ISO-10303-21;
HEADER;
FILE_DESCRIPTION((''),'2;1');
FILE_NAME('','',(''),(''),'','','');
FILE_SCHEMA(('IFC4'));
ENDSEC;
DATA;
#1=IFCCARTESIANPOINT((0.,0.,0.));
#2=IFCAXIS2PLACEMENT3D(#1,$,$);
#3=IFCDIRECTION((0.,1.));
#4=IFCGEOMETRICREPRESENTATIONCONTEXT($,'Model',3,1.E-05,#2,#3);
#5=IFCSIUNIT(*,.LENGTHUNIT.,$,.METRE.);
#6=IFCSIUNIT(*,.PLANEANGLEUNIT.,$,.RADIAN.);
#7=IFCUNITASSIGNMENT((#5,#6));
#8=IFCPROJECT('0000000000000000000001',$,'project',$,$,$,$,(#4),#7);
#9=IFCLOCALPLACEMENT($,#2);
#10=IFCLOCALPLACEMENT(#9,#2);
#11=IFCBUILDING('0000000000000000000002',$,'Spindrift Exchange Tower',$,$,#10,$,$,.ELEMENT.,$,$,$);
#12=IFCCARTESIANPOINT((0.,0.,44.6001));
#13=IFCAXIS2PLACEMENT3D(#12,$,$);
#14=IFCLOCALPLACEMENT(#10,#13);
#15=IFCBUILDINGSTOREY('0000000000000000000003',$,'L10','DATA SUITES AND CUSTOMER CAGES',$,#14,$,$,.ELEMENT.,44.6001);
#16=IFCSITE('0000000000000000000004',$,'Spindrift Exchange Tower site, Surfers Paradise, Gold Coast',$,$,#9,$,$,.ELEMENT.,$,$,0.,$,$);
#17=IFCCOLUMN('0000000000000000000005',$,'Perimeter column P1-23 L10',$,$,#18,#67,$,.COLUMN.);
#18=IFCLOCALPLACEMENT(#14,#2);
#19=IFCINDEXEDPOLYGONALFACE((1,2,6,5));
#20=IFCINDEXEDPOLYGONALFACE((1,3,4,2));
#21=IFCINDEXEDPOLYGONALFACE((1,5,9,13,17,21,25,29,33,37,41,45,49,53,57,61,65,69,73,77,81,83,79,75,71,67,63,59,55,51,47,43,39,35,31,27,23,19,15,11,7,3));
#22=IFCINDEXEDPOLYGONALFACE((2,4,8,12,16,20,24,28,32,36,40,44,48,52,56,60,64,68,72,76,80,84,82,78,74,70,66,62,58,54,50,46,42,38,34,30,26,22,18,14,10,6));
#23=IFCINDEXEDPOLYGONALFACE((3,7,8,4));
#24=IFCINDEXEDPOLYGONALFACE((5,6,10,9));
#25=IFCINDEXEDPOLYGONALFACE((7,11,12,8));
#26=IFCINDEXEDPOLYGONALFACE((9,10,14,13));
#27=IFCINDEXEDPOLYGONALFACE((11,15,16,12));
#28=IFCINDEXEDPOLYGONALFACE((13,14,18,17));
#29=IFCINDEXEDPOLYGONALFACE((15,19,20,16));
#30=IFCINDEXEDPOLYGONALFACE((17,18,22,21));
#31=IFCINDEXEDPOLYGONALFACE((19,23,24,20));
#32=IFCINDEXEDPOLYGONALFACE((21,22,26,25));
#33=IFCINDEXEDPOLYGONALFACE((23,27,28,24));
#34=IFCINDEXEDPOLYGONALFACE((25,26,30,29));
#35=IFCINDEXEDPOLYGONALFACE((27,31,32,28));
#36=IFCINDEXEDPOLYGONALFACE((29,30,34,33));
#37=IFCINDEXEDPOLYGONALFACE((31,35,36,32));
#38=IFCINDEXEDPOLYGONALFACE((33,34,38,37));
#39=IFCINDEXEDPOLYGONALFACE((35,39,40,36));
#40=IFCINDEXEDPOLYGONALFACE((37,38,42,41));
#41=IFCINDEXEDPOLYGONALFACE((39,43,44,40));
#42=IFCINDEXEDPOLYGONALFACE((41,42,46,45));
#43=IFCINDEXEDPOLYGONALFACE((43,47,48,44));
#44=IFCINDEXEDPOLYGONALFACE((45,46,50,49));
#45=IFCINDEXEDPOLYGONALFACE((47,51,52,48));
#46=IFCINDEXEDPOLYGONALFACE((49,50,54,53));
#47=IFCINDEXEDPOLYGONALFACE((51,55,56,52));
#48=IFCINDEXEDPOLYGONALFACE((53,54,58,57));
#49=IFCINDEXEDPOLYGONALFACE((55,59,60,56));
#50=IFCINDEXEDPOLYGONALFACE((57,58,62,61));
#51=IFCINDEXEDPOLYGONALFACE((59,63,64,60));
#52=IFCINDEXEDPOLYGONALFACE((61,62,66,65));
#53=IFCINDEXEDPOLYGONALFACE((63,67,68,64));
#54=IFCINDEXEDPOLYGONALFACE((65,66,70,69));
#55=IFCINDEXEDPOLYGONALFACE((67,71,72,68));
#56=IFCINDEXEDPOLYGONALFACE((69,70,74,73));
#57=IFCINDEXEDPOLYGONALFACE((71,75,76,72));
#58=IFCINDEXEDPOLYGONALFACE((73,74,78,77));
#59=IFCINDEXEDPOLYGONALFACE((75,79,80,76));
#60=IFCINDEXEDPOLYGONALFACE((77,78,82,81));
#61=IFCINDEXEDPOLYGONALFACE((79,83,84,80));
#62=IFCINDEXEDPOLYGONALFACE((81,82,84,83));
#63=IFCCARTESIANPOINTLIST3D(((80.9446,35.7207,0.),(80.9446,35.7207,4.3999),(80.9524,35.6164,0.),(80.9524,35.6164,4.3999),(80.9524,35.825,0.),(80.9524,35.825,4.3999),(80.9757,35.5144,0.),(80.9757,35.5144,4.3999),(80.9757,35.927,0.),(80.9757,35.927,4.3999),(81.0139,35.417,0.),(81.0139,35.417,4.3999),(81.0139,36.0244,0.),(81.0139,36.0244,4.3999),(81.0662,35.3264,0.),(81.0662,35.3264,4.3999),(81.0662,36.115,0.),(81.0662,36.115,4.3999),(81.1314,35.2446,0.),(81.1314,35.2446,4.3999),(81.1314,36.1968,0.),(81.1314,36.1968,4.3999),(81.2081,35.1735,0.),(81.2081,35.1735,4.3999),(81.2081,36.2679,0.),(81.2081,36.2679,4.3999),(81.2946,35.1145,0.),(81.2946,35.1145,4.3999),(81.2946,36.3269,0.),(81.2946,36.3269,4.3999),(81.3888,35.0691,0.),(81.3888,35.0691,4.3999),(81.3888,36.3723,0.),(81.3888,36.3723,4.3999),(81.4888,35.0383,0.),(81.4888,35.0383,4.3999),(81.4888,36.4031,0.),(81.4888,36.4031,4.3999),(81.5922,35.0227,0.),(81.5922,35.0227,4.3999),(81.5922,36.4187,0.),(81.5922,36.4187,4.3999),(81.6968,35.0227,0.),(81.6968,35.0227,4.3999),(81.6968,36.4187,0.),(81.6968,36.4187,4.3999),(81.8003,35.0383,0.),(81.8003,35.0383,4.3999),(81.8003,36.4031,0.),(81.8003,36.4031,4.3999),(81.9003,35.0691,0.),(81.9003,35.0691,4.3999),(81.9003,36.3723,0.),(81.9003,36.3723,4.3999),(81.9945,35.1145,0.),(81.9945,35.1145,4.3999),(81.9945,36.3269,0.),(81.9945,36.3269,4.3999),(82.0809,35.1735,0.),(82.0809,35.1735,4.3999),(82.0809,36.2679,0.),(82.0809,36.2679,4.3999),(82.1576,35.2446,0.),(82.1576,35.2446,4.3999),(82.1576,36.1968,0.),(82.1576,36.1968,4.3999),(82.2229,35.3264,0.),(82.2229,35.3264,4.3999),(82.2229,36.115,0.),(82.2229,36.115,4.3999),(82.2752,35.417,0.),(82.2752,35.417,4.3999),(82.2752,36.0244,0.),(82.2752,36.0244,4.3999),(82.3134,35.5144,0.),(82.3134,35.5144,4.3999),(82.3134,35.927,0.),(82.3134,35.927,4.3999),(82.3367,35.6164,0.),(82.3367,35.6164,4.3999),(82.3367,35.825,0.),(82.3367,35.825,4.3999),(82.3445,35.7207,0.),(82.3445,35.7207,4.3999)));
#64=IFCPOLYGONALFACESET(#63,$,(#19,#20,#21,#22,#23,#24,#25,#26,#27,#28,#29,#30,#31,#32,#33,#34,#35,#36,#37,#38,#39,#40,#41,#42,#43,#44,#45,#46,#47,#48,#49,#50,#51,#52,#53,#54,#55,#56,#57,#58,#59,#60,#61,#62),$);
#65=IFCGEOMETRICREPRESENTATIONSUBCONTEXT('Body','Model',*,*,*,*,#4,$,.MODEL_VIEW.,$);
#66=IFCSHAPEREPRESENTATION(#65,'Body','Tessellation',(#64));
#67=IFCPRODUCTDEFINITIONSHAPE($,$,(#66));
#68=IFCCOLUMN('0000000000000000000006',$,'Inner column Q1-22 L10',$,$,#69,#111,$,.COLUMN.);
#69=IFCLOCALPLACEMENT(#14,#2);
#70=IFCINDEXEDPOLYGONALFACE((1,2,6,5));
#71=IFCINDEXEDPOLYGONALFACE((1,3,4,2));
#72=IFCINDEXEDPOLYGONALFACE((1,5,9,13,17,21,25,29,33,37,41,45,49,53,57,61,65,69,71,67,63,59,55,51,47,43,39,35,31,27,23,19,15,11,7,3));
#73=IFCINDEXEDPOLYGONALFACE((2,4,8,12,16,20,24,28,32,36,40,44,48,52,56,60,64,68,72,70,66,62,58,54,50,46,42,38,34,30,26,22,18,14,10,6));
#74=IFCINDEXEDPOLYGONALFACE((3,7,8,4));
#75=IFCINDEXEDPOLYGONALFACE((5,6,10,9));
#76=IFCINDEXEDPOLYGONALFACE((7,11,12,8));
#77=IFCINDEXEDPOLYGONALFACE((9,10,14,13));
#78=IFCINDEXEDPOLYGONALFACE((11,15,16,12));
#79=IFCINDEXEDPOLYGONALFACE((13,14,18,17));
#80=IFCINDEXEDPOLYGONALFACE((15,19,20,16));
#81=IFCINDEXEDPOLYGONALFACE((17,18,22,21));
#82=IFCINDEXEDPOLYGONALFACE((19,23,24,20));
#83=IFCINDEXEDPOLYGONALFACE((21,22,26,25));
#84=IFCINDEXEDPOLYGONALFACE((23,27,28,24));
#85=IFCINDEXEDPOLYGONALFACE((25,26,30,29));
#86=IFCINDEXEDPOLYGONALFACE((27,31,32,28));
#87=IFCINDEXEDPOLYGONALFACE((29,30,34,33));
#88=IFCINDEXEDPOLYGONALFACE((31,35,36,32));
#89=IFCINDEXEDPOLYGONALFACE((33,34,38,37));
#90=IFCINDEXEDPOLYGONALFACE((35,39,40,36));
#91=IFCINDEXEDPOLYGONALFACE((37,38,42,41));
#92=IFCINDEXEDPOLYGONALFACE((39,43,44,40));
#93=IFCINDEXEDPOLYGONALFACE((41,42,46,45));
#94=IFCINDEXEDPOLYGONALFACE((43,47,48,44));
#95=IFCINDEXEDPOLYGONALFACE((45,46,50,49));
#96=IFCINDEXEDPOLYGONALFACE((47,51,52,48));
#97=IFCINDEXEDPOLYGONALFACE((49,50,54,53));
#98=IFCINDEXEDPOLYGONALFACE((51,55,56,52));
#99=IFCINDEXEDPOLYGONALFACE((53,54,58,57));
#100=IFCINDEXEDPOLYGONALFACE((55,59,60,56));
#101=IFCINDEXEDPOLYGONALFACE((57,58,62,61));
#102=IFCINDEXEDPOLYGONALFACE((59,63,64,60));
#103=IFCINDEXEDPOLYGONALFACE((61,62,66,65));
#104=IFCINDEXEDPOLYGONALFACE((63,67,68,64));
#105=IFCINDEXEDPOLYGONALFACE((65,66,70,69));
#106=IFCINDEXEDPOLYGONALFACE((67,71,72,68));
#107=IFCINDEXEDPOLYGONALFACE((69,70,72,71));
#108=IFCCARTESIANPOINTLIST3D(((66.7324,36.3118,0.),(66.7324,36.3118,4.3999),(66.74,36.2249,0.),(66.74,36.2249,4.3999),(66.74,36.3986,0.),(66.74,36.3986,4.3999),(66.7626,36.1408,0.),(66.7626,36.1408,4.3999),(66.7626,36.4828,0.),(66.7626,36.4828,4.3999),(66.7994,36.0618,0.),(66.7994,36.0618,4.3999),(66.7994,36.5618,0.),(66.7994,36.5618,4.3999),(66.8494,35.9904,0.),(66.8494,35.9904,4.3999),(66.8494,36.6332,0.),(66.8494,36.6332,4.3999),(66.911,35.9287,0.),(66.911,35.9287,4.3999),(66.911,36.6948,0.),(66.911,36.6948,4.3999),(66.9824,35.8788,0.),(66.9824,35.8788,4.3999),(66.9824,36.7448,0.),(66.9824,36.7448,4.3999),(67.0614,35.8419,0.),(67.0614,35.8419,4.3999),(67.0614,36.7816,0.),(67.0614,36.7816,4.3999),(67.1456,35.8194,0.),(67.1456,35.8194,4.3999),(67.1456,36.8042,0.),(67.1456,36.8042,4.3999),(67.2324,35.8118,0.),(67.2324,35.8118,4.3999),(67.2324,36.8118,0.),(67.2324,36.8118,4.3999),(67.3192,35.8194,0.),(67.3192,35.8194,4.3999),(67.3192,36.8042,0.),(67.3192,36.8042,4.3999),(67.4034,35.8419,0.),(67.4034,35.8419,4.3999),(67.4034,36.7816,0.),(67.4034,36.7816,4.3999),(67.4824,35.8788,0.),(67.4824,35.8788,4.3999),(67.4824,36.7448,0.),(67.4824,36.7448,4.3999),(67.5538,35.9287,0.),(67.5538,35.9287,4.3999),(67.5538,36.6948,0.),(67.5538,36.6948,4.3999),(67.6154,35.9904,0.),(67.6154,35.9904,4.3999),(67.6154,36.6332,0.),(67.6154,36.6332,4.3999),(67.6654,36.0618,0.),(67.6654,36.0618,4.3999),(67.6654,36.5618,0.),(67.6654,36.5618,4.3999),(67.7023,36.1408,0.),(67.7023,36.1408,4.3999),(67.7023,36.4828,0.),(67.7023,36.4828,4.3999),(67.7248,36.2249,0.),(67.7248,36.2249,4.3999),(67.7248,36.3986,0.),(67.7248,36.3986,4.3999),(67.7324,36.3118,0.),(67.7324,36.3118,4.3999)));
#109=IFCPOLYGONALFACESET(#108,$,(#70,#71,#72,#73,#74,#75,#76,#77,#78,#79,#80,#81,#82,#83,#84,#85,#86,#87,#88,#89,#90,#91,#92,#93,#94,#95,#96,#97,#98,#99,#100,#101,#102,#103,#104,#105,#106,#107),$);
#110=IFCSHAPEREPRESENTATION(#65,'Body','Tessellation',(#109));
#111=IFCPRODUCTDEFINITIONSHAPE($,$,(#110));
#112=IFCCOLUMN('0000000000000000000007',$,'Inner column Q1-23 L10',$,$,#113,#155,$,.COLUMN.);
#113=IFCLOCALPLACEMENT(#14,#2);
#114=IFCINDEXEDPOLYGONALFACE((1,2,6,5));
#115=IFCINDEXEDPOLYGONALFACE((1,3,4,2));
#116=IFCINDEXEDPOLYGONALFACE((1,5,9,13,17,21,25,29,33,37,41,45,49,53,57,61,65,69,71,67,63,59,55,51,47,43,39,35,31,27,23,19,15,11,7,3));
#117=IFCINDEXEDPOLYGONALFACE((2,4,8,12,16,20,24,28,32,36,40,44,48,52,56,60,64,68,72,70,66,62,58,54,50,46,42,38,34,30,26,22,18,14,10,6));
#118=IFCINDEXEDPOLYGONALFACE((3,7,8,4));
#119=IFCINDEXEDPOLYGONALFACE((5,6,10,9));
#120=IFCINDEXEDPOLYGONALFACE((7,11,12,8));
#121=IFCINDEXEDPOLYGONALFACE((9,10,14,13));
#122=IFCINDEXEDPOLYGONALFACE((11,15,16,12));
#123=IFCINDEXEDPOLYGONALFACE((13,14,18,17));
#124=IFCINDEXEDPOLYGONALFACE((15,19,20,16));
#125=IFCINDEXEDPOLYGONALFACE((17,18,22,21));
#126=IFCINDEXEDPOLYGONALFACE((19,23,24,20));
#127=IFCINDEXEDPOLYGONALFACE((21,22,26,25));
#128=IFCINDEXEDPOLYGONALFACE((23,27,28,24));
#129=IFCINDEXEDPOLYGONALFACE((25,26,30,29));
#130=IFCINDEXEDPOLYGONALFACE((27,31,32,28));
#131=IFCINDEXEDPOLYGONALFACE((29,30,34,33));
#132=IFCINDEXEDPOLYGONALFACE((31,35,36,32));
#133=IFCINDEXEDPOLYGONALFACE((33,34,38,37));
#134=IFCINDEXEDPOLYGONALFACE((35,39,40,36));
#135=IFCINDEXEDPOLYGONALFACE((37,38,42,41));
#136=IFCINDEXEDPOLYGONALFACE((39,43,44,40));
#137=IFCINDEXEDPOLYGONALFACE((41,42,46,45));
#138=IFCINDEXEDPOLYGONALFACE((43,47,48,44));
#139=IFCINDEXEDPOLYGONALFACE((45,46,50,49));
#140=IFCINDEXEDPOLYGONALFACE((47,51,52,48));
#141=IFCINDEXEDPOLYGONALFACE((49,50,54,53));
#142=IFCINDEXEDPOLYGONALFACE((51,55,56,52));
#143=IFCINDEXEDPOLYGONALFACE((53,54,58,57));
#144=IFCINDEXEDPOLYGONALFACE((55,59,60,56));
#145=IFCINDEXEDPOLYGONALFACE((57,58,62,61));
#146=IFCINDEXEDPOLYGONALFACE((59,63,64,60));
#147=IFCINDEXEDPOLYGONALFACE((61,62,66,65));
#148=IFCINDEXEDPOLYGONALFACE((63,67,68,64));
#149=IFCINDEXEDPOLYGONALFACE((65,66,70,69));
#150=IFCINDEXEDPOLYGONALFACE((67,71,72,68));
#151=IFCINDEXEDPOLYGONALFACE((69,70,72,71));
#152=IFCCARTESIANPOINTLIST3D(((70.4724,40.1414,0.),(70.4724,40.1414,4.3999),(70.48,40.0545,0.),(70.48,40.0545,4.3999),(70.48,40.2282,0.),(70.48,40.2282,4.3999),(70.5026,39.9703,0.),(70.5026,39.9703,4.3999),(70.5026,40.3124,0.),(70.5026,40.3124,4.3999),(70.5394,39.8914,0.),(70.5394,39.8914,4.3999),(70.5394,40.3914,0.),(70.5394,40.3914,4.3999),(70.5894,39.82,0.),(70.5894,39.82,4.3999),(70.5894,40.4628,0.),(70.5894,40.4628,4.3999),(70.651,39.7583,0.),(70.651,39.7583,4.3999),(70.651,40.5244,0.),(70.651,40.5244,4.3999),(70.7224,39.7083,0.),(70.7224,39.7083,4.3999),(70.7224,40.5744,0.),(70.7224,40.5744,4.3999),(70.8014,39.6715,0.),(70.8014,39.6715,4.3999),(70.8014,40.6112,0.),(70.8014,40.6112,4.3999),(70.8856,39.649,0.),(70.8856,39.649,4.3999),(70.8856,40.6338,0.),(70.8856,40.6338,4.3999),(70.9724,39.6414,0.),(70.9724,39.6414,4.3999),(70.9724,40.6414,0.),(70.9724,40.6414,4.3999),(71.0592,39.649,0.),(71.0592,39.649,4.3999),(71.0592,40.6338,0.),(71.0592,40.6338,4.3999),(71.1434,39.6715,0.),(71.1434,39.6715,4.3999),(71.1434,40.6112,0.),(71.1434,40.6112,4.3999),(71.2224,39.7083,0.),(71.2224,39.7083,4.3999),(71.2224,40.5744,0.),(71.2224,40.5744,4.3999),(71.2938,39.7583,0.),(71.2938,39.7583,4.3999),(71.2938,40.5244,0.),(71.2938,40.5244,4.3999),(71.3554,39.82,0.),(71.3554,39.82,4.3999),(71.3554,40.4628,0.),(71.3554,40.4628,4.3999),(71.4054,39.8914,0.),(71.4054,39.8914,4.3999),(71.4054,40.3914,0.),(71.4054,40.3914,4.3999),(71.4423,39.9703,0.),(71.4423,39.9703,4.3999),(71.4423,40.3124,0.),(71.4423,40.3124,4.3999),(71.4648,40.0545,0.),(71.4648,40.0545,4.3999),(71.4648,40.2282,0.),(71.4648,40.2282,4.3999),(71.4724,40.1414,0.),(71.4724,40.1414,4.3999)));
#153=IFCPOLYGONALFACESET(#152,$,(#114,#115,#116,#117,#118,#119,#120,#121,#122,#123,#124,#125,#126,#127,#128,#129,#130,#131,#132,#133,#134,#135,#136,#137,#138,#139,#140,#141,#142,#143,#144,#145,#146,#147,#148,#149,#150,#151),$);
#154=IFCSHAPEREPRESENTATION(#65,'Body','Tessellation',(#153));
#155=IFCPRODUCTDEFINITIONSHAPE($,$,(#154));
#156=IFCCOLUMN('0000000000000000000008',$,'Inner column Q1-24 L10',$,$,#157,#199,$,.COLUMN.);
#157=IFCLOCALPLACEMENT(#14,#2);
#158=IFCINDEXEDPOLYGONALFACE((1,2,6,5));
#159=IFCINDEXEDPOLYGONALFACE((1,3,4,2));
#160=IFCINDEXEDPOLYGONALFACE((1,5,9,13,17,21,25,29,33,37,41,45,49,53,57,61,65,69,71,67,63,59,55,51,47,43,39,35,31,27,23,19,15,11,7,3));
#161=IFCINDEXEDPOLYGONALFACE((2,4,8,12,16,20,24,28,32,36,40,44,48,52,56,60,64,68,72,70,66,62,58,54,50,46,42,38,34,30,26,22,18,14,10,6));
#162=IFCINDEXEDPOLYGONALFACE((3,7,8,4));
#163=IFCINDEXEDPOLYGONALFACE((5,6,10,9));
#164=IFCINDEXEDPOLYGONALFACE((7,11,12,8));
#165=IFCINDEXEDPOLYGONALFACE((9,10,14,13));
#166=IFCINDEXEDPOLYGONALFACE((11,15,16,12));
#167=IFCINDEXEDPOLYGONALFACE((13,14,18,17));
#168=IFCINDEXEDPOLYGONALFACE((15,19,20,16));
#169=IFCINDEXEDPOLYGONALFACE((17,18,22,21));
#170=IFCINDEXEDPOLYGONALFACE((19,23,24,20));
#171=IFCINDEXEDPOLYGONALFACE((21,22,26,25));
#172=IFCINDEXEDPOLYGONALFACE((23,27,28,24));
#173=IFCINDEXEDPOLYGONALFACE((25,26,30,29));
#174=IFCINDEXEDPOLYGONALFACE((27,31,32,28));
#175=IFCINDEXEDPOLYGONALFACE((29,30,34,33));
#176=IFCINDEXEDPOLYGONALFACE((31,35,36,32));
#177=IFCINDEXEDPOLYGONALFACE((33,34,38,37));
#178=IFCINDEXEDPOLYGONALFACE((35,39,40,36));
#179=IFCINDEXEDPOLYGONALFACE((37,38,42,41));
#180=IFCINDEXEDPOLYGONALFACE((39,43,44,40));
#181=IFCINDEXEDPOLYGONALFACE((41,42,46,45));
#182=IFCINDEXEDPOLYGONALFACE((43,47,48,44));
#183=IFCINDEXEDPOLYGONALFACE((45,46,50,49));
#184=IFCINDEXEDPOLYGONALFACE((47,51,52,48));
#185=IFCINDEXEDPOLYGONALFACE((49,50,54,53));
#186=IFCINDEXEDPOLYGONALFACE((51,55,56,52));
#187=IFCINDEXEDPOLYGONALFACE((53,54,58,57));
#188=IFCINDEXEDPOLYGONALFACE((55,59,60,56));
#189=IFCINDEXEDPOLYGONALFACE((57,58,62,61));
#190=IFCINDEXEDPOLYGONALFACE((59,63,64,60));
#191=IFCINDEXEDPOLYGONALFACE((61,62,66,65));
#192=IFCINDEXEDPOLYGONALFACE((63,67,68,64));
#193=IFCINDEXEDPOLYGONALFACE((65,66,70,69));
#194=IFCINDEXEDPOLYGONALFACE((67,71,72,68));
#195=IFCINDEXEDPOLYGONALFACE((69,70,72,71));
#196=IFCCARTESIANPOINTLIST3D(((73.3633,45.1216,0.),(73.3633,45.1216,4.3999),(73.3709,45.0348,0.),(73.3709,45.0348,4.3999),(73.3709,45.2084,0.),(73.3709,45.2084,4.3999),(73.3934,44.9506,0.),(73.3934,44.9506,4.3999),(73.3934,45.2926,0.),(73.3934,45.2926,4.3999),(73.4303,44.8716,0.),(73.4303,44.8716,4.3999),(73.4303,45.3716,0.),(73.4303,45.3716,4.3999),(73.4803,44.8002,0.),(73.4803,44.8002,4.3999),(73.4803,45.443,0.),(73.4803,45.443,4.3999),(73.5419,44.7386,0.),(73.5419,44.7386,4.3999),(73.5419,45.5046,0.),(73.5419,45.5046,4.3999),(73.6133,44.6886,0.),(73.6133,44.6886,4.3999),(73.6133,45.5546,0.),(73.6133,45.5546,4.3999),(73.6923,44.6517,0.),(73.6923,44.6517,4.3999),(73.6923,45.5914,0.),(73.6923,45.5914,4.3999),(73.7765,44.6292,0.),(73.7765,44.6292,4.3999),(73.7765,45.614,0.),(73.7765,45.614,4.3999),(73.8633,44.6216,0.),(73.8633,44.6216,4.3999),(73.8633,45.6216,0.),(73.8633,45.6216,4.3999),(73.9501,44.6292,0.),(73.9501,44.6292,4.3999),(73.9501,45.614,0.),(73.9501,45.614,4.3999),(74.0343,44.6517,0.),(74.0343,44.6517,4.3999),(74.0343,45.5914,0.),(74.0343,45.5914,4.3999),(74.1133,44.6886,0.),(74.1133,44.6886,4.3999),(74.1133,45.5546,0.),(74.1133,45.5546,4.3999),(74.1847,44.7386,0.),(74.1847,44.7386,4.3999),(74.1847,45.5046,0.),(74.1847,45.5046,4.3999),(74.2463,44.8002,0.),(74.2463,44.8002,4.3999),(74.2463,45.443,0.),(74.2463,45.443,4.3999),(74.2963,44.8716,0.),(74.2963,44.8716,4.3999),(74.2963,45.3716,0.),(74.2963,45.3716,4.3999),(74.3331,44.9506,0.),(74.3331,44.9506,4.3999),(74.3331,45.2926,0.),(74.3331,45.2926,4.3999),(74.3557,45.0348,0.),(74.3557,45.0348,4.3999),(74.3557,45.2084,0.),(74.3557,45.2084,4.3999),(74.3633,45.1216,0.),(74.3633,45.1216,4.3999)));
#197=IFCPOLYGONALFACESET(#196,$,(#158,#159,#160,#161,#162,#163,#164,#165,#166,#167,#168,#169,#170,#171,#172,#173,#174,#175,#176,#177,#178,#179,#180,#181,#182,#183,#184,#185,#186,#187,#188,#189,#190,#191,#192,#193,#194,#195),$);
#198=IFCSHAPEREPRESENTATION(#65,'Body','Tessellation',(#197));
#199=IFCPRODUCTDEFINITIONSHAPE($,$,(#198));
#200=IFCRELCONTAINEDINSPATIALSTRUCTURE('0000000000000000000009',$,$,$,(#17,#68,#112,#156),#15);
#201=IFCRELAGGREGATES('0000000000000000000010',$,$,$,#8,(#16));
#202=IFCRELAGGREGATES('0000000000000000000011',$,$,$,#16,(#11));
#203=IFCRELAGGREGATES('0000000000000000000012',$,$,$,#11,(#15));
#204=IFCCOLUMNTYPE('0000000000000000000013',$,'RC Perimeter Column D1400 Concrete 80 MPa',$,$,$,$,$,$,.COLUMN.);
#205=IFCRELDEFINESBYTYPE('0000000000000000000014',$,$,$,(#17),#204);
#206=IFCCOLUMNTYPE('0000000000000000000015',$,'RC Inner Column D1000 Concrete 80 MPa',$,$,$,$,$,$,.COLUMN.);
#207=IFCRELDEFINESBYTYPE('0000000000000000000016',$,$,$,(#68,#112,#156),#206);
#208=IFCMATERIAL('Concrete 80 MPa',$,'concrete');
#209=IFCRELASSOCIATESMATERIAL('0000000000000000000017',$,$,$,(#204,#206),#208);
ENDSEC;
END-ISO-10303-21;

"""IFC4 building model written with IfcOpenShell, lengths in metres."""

from ifc_helpers import new_model, si_unit, direction, frame, origin, origin_2d, place, context, subcontext, project, spatial, circle, extrude, source, transform, mapped, material, material_profile, profile_set, type_object, element, save


model = new_model("IFC4")

# Units and contexts
model_context = context("Model", 3, precision=1e-05, world=origin(), true_north=direction((0.0, 1.0)))
body_context = subcontext(model_context, "Body", "Model", "MODEL_VIEW")
ifc_project = project(units=[si_unit("LENGTHUNIT", "METRE"), si_unit("PLANEANGLEUNIT", "RADIAN")], contexts=[model_context])

# Site, building, storey
site_placement = place(None, origin())
site = spatial("IfcSite", under=ifc_project, at=site_placement, Name="Spindrift Exchange Tower site, Surfers Paradise, Gold Coast", CompositionType="ELEMENT", RefElevation=0.0)
building_placement = place(site_placement, origin())
building = spatial("IfcBuilding", under=site, at=building_placement, Name="Spindrift Exchange Tower", CompositionType="ELEMENT")
storey_placement = place(building_placement, frame((0.0, 0.0, 44.6001)))
storey = spatial("IfcBuildingStorey", under=building, at=storey_placement, Name="L10", Description="DATA SUITES AND CUSTOMER CAGES", CompositionType="ELEMENT", Elevation=44.6001)

# Columns
ifc_material_1 = material(Name="Concrete 80 MPa", Category="concrete")
ifc_material_profile_1 = material_profile(ifc_material_1, circle(Radius=0.7, at=origin_2d()), Name="RC D1400")
ifc_profile_set_1 = profile_set([ifc_material_profile_1], Name="Concrete 80 MPa")
column_type_1 = type_object("IfcColumnType", Name="RC Perimeter Column D1400 Concrete 80 MPa", PredefinedType="COLUMN", material=ifc_profile_set_1)
shared_shape_1 = source(origin(), body_context, "Body", "SweptSolid", [
    extrude(circle(Radius=0.7, at=origin_2d()), origin(), (0.0, 0.0, 1.0), 4.3999),
])
column_placement = place(storey_placement, frame((81.6445, 35.7207, 0.0), z_axis=(0.0, 0.0, 1.0), x_axis=(1.0, 0.0, 0.0)))
element("IfcColumn", 1, at=column_placement, inside=storey, type_object=column_type_1, Name="Perimeter column P1-23 L10", PredefinedType="COLUMN", context=body_context, shape_type="MappedRepresentation", body=[
    mapped(shared_shape_1, transform((0.0, 0.0, 0.0), scale=1.0)),
])
ifc_material_profile_2 = material_profile(ifc_material_1, circle(Radius=0.5, at=origin_2d()), Name="RC D1000")
ifc_profile_set_2 = profile_set([ifc_material_profile_2], Name="Concrete 80 MPa")
column_type_2 = type_object("IfcColumnType", Name="RC Inner Column D1000 Concrete 80 MPa", PredefinedType="COLUMN", material=ifc_profile_set_2)
shared_shape_2 = source(origin(), body_context, "Body", "SweptSolid", [
    extrude(circle(Radius=0.5, at=origin_2d()), origin(), (0.0, 0.0, 1.0), 4.3999),
])
for number, where, z_axis, x_axis, name in (
    (2, (67.2324, 36.3118, 0.0), (0.0, 0.0, 1.0), (1.0, 0.0, 0.0), "Inner column Q1-22 L10"),
    (3, (70.9724, 40.1414, 0.0), (0.0, 0.0, 1.0), (1.0, 0.0, 0.0), "Inner column Q1-23 L10"),
    (4, (73.8633, 45.1216, 0.0), (0.0, 0.0, 1.0), (1.0, 0.0, 0.0), "Inner column Q1-24 L10"),
):
    element("IfcColumn", number, at=place(storey_placement, frame(where, z_axis=z_axis, x_axis=x_axis)), inside=storey, type_object=column_type_2, Name=name, PredefinedType="COLUMN", context=body_context, shape_type="MappedRepresentation", body=[
        mapped(shared_shape_2, transform((0.0, 0.0, 0.0), scale=1.0)),
    ])

save(model, "model.ifc")
